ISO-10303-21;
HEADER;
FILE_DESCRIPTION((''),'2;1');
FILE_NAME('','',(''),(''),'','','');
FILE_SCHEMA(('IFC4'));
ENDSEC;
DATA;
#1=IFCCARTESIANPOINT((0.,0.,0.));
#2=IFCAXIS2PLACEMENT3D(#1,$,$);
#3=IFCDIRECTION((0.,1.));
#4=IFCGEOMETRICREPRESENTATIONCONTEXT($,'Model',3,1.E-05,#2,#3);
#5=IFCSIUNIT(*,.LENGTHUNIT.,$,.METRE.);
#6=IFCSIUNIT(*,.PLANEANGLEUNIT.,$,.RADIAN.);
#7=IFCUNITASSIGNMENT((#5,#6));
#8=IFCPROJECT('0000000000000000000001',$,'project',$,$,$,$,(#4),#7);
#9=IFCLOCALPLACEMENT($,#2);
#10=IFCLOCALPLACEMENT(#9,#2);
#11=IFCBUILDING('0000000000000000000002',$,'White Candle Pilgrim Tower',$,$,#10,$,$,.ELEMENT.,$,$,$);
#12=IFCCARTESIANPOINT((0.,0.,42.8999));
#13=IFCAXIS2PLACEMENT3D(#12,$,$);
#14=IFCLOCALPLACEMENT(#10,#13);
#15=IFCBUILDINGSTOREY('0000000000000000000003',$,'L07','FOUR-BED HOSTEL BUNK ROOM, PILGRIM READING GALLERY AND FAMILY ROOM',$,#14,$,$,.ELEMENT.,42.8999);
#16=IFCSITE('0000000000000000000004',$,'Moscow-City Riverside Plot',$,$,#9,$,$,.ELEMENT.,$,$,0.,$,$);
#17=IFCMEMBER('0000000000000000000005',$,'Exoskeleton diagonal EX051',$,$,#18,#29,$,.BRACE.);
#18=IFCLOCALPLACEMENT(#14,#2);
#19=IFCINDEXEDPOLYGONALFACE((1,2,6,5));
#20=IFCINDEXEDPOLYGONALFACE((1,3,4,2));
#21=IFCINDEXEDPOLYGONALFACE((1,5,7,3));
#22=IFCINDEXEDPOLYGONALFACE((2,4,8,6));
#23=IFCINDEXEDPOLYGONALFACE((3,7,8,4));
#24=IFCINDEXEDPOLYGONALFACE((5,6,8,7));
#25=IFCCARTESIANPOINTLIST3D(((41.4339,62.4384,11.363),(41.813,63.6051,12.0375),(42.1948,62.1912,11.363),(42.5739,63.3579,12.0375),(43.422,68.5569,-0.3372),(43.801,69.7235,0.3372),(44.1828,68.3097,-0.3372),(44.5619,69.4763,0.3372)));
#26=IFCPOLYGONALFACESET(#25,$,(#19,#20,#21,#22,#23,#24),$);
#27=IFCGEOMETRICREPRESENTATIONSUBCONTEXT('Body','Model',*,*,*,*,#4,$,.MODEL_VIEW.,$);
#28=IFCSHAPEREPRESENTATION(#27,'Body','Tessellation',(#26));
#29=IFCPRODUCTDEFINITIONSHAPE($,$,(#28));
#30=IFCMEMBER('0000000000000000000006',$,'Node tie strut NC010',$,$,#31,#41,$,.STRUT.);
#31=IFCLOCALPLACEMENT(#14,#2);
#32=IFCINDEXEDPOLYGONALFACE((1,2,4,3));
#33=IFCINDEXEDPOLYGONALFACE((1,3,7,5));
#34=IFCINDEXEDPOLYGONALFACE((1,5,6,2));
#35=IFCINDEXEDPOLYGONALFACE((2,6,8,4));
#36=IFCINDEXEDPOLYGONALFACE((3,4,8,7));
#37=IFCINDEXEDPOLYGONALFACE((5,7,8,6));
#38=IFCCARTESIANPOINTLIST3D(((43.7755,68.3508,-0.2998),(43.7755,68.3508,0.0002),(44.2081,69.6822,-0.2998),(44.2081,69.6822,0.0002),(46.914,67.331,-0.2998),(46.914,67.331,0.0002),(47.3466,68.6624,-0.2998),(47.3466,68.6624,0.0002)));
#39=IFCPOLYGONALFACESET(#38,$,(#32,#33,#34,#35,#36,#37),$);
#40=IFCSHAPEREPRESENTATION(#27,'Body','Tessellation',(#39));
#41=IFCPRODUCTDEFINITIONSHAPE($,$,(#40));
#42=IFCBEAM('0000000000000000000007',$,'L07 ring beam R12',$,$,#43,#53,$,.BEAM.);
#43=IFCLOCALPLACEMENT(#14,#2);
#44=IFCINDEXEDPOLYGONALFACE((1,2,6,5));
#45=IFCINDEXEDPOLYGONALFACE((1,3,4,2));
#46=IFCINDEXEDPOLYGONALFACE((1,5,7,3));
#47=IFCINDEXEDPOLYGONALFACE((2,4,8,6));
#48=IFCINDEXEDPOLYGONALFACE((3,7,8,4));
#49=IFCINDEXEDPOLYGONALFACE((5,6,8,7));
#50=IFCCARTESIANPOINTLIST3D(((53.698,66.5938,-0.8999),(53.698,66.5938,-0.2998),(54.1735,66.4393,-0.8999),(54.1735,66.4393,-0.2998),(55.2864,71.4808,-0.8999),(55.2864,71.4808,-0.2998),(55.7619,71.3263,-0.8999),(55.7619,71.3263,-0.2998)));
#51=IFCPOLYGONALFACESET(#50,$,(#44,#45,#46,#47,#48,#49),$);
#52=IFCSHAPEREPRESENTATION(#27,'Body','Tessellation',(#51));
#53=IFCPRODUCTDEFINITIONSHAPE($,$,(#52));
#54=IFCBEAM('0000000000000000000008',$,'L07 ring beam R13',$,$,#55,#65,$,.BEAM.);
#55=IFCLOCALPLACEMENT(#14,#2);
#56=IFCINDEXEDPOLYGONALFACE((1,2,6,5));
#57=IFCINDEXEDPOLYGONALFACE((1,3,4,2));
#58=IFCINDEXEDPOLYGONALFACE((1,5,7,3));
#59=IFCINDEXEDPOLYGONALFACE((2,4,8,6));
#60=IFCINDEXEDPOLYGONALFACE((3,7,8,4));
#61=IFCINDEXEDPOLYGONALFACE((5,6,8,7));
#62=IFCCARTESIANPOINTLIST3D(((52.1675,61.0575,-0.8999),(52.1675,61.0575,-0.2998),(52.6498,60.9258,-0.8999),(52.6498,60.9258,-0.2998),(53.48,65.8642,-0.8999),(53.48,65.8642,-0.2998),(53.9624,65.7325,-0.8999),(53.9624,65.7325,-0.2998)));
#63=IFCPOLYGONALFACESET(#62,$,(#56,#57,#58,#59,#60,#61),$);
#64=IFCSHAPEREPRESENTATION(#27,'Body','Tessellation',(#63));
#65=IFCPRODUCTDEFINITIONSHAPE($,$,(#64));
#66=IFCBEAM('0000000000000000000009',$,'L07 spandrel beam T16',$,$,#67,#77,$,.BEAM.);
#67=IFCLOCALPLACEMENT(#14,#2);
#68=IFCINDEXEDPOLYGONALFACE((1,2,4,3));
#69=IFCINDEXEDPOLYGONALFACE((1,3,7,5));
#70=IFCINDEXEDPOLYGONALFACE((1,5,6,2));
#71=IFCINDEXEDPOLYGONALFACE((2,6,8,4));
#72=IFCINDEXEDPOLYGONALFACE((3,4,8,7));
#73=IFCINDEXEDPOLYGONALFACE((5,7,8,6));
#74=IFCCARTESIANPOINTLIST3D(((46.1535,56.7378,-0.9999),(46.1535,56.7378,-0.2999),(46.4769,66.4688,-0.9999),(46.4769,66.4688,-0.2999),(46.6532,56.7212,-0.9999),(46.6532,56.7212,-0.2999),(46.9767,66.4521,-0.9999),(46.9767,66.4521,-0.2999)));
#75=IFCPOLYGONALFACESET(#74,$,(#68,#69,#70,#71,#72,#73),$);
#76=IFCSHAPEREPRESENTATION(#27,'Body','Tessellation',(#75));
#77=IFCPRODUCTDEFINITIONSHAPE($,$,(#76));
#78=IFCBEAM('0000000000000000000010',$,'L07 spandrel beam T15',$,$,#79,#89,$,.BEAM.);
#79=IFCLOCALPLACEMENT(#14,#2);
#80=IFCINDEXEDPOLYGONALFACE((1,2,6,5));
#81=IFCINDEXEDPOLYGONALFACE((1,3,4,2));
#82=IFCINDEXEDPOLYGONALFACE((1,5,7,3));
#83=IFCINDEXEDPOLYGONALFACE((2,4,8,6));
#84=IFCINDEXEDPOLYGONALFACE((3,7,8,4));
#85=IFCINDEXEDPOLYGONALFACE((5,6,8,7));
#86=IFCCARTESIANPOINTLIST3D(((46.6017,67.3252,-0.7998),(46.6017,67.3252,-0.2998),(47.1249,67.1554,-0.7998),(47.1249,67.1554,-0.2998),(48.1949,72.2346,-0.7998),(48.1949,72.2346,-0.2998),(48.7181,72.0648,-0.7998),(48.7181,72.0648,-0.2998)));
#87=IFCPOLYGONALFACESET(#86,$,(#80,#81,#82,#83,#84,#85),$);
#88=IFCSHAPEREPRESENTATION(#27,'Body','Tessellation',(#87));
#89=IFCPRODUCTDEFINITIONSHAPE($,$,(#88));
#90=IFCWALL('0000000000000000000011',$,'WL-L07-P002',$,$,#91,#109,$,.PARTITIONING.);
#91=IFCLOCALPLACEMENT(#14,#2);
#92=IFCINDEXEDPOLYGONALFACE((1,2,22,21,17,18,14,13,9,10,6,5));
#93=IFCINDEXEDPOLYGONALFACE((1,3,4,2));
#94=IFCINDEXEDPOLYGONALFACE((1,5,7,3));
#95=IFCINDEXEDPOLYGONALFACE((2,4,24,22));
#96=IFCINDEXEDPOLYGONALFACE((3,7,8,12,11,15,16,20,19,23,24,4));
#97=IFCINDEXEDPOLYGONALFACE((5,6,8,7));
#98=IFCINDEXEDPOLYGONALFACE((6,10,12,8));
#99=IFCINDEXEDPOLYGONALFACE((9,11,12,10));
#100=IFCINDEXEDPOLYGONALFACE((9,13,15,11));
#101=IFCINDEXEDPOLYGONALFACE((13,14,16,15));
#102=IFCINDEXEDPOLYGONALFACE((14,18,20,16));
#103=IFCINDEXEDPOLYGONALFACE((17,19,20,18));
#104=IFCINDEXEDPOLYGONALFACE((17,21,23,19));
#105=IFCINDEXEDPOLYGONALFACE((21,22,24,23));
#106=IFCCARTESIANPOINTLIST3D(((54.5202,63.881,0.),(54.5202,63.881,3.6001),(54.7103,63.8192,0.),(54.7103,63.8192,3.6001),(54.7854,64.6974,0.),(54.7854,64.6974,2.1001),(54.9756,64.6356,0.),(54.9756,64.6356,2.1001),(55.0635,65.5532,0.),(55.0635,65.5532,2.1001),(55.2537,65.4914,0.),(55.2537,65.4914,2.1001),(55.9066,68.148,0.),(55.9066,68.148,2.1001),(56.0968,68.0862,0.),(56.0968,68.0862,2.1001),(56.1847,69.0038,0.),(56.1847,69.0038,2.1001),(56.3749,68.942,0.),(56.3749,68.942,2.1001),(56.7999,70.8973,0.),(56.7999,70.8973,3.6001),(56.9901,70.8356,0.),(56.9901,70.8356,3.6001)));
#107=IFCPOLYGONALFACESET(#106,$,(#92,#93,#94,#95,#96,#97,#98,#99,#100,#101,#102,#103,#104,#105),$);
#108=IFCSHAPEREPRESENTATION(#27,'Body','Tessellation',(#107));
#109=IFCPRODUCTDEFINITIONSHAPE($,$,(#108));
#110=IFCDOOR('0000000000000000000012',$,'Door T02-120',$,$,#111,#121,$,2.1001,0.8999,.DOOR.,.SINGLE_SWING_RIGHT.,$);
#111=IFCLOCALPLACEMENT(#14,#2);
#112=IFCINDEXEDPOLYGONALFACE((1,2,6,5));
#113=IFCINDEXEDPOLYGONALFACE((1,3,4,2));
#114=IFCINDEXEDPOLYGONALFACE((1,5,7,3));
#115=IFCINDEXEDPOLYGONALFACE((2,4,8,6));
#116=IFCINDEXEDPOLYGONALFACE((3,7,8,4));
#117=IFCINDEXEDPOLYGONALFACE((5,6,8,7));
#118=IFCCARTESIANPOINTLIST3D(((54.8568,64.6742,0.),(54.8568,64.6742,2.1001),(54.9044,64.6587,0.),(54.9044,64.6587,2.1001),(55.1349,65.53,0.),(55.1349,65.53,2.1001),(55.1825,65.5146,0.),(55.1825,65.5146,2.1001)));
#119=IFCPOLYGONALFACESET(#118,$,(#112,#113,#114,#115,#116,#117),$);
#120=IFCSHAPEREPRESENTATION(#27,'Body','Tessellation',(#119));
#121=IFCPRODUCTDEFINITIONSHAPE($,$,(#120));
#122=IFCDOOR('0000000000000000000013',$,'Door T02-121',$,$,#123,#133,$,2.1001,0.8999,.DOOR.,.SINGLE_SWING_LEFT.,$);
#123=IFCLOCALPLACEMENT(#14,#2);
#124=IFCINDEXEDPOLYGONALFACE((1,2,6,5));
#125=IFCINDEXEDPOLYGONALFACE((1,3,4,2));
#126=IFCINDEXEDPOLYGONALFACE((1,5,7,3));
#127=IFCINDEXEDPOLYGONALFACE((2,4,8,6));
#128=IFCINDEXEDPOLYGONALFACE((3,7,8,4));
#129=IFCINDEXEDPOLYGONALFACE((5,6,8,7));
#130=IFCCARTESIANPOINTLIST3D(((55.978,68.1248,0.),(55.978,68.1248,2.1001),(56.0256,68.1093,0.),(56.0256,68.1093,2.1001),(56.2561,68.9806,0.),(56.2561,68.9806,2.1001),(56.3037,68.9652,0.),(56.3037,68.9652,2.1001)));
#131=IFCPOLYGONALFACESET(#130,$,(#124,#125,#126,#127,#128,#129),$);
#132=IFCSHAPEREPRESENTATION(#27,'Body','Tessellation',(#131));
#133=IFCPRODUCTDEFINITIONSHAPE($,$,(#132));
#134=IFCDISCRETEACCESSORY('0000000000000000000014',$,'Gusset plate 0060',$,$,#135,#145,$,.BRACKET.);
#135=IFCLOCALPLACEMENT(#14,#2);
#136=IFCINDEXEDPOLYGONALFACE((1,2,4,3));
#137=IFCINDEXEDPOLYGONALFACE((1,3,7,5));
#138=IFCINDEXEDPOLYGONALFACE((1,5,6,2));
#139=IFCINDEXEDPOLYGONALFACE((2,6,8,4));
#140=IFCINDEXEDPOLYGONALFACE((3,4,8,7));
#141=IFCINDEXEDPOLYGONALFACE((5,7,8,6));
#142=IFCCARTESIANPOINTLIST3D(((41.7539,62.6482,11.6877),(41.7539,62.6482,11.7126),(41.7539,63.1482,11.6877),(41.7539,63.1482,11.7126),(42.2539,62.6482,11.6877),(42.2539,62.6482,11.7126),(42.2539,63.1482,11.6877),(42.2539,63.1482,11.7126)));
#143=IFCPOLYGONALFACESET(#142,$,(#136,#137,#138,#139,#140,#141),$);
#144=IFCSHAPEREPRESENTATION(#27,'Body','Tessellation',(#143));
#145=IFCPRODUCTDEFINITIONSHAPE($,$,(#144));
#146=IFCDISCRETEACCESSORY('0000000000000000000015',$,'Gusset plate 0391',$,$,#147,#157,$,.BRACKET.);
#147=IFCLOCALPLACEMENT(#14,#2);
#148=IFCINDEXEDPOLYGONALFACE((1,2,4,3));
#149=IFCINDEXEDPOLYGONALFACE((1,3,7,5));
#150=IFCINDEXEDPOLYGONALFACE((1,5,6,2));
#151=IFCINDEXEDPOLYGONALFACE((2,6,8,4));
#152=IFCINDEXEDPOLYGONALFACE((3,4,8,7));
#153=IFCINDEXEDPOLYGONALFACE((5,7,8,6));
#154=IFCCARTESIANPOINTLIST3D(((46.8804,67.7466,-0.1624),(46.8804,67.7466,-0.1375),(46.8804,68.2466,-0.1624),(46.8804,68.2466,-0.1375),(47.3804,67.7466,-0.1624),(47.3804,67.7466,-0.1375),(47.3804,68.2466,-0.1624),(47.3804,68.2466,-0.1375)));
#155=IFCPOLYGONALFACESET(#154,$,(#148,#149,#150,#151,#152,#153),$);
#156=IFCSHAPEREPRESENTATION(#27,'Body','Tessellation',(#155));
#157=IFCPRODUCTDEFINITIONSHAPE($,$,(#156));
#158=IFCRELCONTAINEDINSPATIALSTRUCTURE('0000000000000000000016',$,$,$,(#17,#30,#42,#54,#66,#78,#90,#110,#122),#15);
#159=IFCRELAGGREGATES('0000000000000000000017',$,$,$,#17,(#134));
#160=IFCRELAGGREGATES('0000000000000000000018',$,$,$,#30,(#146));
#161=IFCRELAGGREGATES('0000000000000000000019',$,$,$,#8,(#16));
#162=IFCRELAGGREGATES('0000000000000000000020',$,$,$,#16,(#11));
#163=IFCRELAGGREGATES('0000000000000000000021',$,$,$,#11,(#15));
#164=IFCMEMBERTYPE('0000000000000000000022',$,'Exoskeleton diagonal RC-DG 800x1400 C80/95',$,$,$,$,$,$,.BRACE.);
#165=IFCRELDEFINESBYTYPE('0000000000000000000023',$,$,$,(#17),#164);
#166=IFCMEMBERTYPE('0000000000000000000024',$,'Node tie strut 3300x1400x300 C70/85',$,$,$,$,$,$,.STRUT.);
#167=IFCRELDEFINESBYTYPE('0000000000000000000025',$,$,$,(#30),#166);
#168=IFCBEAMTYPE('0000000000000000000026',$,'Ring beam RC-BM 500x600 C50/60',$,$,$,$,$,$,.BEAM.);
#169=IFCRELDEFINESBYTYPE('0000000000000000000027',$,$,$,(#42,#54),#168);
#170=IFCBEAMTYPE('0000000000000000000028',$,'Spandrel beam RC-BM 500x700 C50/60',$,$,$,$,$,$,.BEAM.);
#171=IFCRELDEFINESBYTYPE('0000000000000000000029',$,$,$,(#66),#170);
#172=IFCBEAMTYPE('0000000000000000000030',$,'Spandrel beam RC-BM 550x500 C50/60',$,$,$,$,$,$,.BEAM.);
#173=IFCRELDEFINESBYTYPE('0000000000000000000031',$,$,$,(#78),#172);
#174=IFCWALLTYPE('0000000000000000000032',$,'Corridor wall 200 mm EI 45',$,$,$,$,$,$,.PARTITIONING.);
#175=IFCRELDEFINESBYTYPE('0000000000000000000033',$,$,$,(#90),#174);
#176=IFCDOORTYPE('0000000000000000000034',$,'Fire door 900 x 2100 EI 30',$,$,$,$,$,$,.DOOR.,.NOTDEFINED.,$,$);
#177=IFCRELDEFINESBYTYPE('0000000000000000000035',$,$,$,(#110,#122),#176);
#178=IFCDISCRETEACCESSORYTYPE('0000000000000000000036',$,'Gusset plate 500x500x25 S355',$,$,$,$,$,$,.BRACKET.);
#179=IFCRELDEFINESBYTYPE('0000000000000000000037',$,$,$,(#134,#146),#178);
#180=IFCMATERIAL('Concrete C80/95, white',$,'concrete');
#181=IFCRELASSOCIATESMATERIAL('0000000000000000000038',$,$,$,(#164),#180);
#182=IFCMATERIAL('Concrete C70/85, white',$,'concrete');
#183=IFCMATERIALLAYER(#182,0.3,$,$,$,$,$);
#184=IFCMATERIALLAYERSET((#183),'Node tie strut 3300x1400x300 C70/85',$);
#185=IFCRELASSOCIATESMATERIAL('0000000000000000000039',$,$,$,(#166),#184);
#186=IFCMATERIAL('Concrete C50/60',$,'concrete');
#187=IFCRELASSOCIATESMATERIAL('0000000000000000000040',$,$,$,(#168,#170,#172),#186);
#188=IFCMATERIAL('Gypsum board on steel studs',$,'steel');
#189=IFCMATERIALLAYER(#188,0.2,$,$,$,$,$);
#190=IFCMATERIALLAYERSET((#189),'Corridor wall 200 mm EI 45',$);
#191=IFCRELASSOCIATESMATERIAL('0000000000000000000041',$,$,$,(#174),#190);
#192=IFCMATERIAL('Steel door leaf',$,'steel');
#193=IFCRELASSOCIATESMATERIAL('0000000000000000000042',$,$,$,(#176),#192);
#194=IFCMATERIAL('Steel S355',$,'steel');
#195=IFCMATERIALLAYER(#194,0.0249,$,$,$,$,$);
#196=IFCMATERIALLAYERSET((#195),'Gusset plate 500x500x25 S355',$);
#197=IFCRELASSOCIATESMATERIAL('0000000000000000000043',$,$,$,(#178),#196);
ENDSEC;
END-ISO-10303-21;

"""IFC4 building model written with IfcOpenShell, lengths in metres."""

from ifc_helpers import new_model, si_unit, direction, frame, frame_2d, origin, origin_2d, place, context, subcontext, project, spatial, rectangle, extrude, material, layer, layer_set, material_profile, profile_set, type_object, element, fill, aggregate, save


model = new_model("IFC4")

# Units and contexts
model_context = context("Model", 3, precision=1e-05, world=origin(), true_north=direction((0.0, 1.0)))
body_context = subcontext(model_context, "Body", "Model", "MODEL_VIEW")
ifc_project = project(units=[si_unit("LENGTHUNIT", "METRE"), si_unit("PLANEANGLEUNIT", "RADIAN")], contexts=[model_context])

# Site, building, storey
site_placement = place(None, origin())
site = spatial("IfcSite", under=ifc_project, at=site_placement, Name="Moscow-City Riverside Plot", CompositionType="ELEMENT", RefElevation=0.0)
building_placement = place(site_placement, origin())
building = spatial("IfcBuilding", under=site, at=building_placement, Name="White Candle Pilgrim Tower", CompositionType="ELEMENT")
storey_placement = place(building_placement, frame((0.0, 0.0, 42.8999)))
storey = spatial("IfcBuildingStorey", under=building, at=storey_placement, Name="L07", Description="FOUR-BED HOSTEL BUNK ROOM, PILGRIM READING GALLERY AND FAMILY ROOM", CompositionType="ELEMENT", Elevation=42.8999)

# Members
ifc_material_1 = material(Name="Concrete C80/95, white", Category="concrete")
ifc_material_profile_1 = material_profile(ifc_material_1, rectangle(XDim=0.8, YDim=1.3999, at=origin_2d()), Name="RC-DG 800x1400")
ifc_profile_set_1 = profile_set([ifc_material_profile_1], Name="Concrete C80/95, white")
member_type_1 = type_object("IfcMemberType", Name="Exoskeleton diagonal RC-DG 800x1400 C80/95", PredefinedType="BRACE", material=ifc_profile_set_1)
member_1_placement = place(storey_placement, frame((43.9919, 69.0166, 0.0), z_axis=(-0.148892, -0.458232, 0.876273), x_axis=(0.951054, -0.309023, 0.0)))
member_1 = element("IfcMember", 1, at=member_1_placement, inside=storey, type_object=member_type_1, Name="Exoskeleton diagonal EX051", PredefinedType="BRACE", context=body_context, shape_type="SweptSolid", body=[
    extrude(rectangle(XDim=0.8, YDim=1.3999, at=origin_2d()), origin(), (0.0, 0.0, 1.0), 13.3523),
])
ifc_material_2 = material(Name="Concrete C70/85, white", Category="concrete")
ifc_layer_1 = layer(ifc_material_2, 0.3)
ifc_layer_set_1 = layer_set([ifc_layer_1], Name="Node tie strut 3300x1400x300 C70/85")
member_type_2 = type_object("IfcMemberType", Name="Node tie strut 3300x1400x300 C70/85", PredefinedType="STRUT", material=ifc_layer_set_1)
member_2_placement = place(storey_placement, frame((45.561, 68.5066, -0.2998), z_axis=(0.0, 0.0, 1.0), x_axis=(-0.309017, -0.951057, 0.0)))
member_2 = element("IfcMember", 2, at=member_2_placement, inside=storey, type_object=member_type_2, Name="Node tie strut NC010", PredefinedType="STRUT", context=body_context, shape_type="SweptSolid", body=[
    extrude(rectangle(XDim=1.3999, YDim=3.3, at=origin_2d()), origin(), (0.0, 0.0, 1.0), 0.3),
])

# Beams
ifc_material_3 = material(Name="Concrete C50/60", Category="concrete")
ifc_material_profile_2 = material_profile(ifc_material_3, rectangle(XDim=0.5, YDim=0.6001, at=origin_2d()), Name="RC-BM 500x600")
ifc_profile_set_2 = profile_set([ifc_material_profile_2], Name="Concrete C50/60")
beam_type_1 = type_object("IfcBeamType", Name="Ring beam RC-BM 500x600 C50/60", PredefinedType="BEAM", material=ifc_profile_set_2)
beam_1_placement = place(storey_placement, frame((55.5242, 71.4036, -0.5999), z_axis=(-0.309106, -0.951027, 0.0), x_axis=(0.951027, -0.309106, 0.0)))
element("IfcBeam", 3, at=beam_1_placement, inside=storey, type_object=beam_type_1, Name="L07 ring beam R12", PredefinedType="BEAM", context=body_context, shape_type="SweptSolid", body=[
    extrude(rectangle(XDim=0.5, YDim=0.6001, at=origin_2d()), origin(), (0.0, 0.0, 1.0), 5.1387),
])
beam_2_placement = place(storey_placement, frame((53.7212, 65.7983, -0.5999), z_axis=(-0.263416, -0.964682, 0.0), x_axis=(0.964682, -0.263416, 0.0)))
element("IfcBeam", 4, at=beam_2_placement, inside=storey, type_object=beam_type_1, Name="L07 ring beam R13", PredefinedType="BEAM", context=body_context, shape_type="SweptSolid", body=[
    extrude(rectangle(XDim=0.5, YDim=0.6001, at=origin_2d()), origin(), (0.0, 0.0, 1.0), 4.9827),
])
ifc_material_profile_3 = material_profile(ifc_material_3, rectangle(XDim=0.5, YDim=0.7, at=origin_2d()), Name="RC-BM 500x700")
ifc_profile_set_3 = profile_set([ifc_material_profile_3], Name="Concrete C50/60")
beam_type_2 = type_object("IfcBeamType", Name="Spandrel beam RC-BM 500x700 C50/60", PredefinedType="BEAM", material=ifc_profile_set_3)
beam_3_placement = place(storey_placement, frame((46.7268, 66.4604, -0.6499), z_axis=(-0.033225, -0.999448, 0.0), x_axis=(0.999448, -0.033225, 0.0)))
element("IfcBeam", 5, at=beam_3_placement, inside=storey, type_object=beam_type_2, Name="L07 spandrel beam T16", PredefinedType="BEAM", context=body_context, shape_type="SweptSolid", body=[
    extrude(rectangle(XDim=0.5, YDim=0.7, at=origin_2d()), origin(), (0.0, 0.0, 1.0), 9.7363),
])
ifc_material_profile_4 = material_profile(ifc_material_3, rectangle(XDim=0.55, YDim=0.5, at=origin_2d()), Name="RC-BM 550x500")
ifc_profile_set_4 = profile_set([ifc_material_profile_4], Name="Concrete C50/60")
beam_type_3 = type_object("IfcBeamType", Name="Spandrel beam RC-BM 550x500 C50/60", PredefinedType="BEAM", material=ifc_profile_set_4)
beam_4_placement = place(storey_placement, frame((48.4565, 72.1497, -0.5498), z_axis=(-0.308683, -0.951165, 0.0), x_axis=(0.951165, -0.308683, 0.0)))
element("IfcBeam", 6, at=beam_4_placement, inside=storey, type_object=beam_type_3, Name="L07 spandrel beam T15", PredefinedType="BEAM", context=body_context, shape_type="SweptSolid", body=[
    extrude(rectangle(XDim=0.55, YDim=0.5, at=origin_2d()), origin(), (0.0, 0.0, 1.0), 5.1614),
])

# Wall, openings, doors
ifc_material_4 = material(Name="Gypsum board on steel studs", Category="steel")
ifc_layer_2 = layer(ifc_material_4, 0.2)
ifc_layer_set_2 = layer_set([ifc_layer_2], Name="Corridor wall 200 mm EI 45")
wall_type_1 = type_object("IfcWallType", Name="Corridor wall 200 mm EI 45", PredefinedType="PARTITIONING", material=ifc_layer_set_2)
wall_1_placement = place(storey_placement, frame((54.6152, 63.8501, 0.0), z_axis=(0.0, 0.0, 1.0), x_axis=(0.309021, 0.951055, 0.0)))
wall_1 = element("IfcWall", 7, at=wall_1_placement, inside=storey, type_object=wall_type_1, Name="WL-L07-P002", PredefinedType="PARTITIONING", context=body_context, shape_type="SweptSolid", body=[
    extrude(rectangle(XDim=7.3774, YDim=0.2, at=frame_2d((3.6887, 0.0))), origin(), (0.0, 0.0, 1.0), 3.6001),
])
opening_1_placement = place(wall_1_placement, frame((0.8584, 0.0, 0.0)))
opening_1 = element("IfcOpeningElement", 8, at=opening_1_placement, cuts=wall_1, PredefinedType="OPENING", context=body_context, shape_type="SweptSolid", body=[
    extrude(rectangle(XDim=0.8999, YDim=2.1001, at=frame_2d((0.45, 1.05))), frame((0.0, 0.1099, 0.0), z_axis=(0.0, -1.0, 0.0), x_axis=(1.0, 0.0, 0.0)), (0.0, 0.0, 1.0), 0.22),
])
opening_2_placement = place(wall_1_placement, frame((4.4866, 0.0, 0.0)))
opening_2 = element("IfcOpeningElement", 9, at=opening_2_placement, cuts=wall_1, PredefinedType="OPENING", context=body_context, shape_type="SweptSolid", body=[
    extrude(rectangle(XDim=0.8999, YDim=2.1001, at=frame_2d((0.45, 1.05))), frame((0.0, 0.1099, 0.0), z_axis=(0.0, -1.0, 0.0), x_axis=(1.0, 0.0, 0.0)), (0.0, 0.0, 1.0), 0.22),
])
ifc_material_5 = material(Name="Steel door leaf", Category="steel")
door_type_1 = type_object("IfcDoorType", Name="Fire door 900 x 2100 EI 30", OperationType="NOTDEFINED", PredefinedType="DOOR", material=ifc_material_5)
door_1_placement = place(opening_1_placement, origin())
door_1 = element("IfcDoor", 10, at=door_1_placement, inside=storey, type_object=door_type_1, Name="Door T02-120", OperationType="SINGLE_SWING_RIGHT", OverallHeight=2.1001, OverallWidth=0.8999, PredefinedType="DOOR", context=body_context, shape_type="SweptSolid", body=[
    extrude(rectangle(XDim=0.8999, YDim=2.1001, at=frame_2d((0.45, 1.05))), frame((0.0, 0.0249, 0.0), z_axis=(0.0, -1.0, 0.0), x_axis=(1.0, 0.0, 0.0)), (0.0, 0.0, 1.0), 0.05),
])
fill(opening_1, door_1)
door_2_placement = place(opening_2_placement, origin())
door_2 = element("IfcDoor", 11, at=door_2_placement, inside=storey, type_object=door_type_1, Name="Door T02-121", OperationType="SINGLE_SWING_LEFT", OverallHeight=2.1001, OverallWidth=0.8999, PredefinedType="DOOR", context=body_context, shape_type="SweptSolid", body=[
    extrude(rectangle(XDim=0.8999, YDim=2.1001, at=frame_2d((0.45, 1.05))), frame((0.0, 0.0249, 0.0), z_axis=(0.0, -1.0, 0.0), x_axis=(1.0, 0.0, 0.0)), (0.0, 0.0, 1.0), 0.05),
])
fill(opening_2, door_2)

# Discrete accessories
ifc_material_6 = material(Name="Steel S355", Category="steel")
ifc_layer_3 = layer(ifc_material_6, 0.0249)
ifc_layer_set_3 = layer_set([ifc_layer_3], Name="Gusset plate 500x500x25 S355")
discrete_accessory_type = type_object("IfcDiscreteAccessoryType", Name="Gusset plate 500x500x25 S355", PredefinedType="BRACKET", material=ifc_layer_set_3)
placement = place(building_placement, frame((0.0, 0.0, 54.6001)))
discrete_accessory_1_placement = place(placement, frame((42.0039, 62.8982, -0.0125), z_axis=(0.0, 0.0, 1.0), x_axis=(1.0, 0.0, 0.0)))
discrete_accessory_1 = element("IfcDiscreteAccessory", 12, at=discrete_accessory_1_placement, type_object=discrete_accessory_type, Name="Gusset plate 0060", PredefinedType="BRACKET", context=body_context, shape_type="SweptSolid", body=[
    extrude(rectangle(XDim=0.5, YDim=0.5, at=origin_2d()), origin(), (0.0, 0.0, 1.0), 0.0249),
])
aggregate(member_1, [discrete_accessory_1])
discrete_accessory_2_placement = place(storey_placement, frame((47.1304, 67.9966, -0.1624), z_axis=(0.0, 0.0, 1.0), x_axis=(1.0, 0.0, 0.0)))
discrete_accessory_2 = element("IfcDiscreteAccessory", 13, at=discrete_accessory_2_placement, type_object=discrete_accessory_type, Name="Gusset plate 0391", PredefinedType="BRACKET", context=body_context, shape_type="SweptSolid", body=[
    extrude(rectangle(XDim=0.5, YDim=0.5, at=origin_2d()), origin(), (0.0, 0.0, 1.0), 0.0249),
])
aggregate(member_2, [discrete_accessory_2])

save(model, "model.ifc")
